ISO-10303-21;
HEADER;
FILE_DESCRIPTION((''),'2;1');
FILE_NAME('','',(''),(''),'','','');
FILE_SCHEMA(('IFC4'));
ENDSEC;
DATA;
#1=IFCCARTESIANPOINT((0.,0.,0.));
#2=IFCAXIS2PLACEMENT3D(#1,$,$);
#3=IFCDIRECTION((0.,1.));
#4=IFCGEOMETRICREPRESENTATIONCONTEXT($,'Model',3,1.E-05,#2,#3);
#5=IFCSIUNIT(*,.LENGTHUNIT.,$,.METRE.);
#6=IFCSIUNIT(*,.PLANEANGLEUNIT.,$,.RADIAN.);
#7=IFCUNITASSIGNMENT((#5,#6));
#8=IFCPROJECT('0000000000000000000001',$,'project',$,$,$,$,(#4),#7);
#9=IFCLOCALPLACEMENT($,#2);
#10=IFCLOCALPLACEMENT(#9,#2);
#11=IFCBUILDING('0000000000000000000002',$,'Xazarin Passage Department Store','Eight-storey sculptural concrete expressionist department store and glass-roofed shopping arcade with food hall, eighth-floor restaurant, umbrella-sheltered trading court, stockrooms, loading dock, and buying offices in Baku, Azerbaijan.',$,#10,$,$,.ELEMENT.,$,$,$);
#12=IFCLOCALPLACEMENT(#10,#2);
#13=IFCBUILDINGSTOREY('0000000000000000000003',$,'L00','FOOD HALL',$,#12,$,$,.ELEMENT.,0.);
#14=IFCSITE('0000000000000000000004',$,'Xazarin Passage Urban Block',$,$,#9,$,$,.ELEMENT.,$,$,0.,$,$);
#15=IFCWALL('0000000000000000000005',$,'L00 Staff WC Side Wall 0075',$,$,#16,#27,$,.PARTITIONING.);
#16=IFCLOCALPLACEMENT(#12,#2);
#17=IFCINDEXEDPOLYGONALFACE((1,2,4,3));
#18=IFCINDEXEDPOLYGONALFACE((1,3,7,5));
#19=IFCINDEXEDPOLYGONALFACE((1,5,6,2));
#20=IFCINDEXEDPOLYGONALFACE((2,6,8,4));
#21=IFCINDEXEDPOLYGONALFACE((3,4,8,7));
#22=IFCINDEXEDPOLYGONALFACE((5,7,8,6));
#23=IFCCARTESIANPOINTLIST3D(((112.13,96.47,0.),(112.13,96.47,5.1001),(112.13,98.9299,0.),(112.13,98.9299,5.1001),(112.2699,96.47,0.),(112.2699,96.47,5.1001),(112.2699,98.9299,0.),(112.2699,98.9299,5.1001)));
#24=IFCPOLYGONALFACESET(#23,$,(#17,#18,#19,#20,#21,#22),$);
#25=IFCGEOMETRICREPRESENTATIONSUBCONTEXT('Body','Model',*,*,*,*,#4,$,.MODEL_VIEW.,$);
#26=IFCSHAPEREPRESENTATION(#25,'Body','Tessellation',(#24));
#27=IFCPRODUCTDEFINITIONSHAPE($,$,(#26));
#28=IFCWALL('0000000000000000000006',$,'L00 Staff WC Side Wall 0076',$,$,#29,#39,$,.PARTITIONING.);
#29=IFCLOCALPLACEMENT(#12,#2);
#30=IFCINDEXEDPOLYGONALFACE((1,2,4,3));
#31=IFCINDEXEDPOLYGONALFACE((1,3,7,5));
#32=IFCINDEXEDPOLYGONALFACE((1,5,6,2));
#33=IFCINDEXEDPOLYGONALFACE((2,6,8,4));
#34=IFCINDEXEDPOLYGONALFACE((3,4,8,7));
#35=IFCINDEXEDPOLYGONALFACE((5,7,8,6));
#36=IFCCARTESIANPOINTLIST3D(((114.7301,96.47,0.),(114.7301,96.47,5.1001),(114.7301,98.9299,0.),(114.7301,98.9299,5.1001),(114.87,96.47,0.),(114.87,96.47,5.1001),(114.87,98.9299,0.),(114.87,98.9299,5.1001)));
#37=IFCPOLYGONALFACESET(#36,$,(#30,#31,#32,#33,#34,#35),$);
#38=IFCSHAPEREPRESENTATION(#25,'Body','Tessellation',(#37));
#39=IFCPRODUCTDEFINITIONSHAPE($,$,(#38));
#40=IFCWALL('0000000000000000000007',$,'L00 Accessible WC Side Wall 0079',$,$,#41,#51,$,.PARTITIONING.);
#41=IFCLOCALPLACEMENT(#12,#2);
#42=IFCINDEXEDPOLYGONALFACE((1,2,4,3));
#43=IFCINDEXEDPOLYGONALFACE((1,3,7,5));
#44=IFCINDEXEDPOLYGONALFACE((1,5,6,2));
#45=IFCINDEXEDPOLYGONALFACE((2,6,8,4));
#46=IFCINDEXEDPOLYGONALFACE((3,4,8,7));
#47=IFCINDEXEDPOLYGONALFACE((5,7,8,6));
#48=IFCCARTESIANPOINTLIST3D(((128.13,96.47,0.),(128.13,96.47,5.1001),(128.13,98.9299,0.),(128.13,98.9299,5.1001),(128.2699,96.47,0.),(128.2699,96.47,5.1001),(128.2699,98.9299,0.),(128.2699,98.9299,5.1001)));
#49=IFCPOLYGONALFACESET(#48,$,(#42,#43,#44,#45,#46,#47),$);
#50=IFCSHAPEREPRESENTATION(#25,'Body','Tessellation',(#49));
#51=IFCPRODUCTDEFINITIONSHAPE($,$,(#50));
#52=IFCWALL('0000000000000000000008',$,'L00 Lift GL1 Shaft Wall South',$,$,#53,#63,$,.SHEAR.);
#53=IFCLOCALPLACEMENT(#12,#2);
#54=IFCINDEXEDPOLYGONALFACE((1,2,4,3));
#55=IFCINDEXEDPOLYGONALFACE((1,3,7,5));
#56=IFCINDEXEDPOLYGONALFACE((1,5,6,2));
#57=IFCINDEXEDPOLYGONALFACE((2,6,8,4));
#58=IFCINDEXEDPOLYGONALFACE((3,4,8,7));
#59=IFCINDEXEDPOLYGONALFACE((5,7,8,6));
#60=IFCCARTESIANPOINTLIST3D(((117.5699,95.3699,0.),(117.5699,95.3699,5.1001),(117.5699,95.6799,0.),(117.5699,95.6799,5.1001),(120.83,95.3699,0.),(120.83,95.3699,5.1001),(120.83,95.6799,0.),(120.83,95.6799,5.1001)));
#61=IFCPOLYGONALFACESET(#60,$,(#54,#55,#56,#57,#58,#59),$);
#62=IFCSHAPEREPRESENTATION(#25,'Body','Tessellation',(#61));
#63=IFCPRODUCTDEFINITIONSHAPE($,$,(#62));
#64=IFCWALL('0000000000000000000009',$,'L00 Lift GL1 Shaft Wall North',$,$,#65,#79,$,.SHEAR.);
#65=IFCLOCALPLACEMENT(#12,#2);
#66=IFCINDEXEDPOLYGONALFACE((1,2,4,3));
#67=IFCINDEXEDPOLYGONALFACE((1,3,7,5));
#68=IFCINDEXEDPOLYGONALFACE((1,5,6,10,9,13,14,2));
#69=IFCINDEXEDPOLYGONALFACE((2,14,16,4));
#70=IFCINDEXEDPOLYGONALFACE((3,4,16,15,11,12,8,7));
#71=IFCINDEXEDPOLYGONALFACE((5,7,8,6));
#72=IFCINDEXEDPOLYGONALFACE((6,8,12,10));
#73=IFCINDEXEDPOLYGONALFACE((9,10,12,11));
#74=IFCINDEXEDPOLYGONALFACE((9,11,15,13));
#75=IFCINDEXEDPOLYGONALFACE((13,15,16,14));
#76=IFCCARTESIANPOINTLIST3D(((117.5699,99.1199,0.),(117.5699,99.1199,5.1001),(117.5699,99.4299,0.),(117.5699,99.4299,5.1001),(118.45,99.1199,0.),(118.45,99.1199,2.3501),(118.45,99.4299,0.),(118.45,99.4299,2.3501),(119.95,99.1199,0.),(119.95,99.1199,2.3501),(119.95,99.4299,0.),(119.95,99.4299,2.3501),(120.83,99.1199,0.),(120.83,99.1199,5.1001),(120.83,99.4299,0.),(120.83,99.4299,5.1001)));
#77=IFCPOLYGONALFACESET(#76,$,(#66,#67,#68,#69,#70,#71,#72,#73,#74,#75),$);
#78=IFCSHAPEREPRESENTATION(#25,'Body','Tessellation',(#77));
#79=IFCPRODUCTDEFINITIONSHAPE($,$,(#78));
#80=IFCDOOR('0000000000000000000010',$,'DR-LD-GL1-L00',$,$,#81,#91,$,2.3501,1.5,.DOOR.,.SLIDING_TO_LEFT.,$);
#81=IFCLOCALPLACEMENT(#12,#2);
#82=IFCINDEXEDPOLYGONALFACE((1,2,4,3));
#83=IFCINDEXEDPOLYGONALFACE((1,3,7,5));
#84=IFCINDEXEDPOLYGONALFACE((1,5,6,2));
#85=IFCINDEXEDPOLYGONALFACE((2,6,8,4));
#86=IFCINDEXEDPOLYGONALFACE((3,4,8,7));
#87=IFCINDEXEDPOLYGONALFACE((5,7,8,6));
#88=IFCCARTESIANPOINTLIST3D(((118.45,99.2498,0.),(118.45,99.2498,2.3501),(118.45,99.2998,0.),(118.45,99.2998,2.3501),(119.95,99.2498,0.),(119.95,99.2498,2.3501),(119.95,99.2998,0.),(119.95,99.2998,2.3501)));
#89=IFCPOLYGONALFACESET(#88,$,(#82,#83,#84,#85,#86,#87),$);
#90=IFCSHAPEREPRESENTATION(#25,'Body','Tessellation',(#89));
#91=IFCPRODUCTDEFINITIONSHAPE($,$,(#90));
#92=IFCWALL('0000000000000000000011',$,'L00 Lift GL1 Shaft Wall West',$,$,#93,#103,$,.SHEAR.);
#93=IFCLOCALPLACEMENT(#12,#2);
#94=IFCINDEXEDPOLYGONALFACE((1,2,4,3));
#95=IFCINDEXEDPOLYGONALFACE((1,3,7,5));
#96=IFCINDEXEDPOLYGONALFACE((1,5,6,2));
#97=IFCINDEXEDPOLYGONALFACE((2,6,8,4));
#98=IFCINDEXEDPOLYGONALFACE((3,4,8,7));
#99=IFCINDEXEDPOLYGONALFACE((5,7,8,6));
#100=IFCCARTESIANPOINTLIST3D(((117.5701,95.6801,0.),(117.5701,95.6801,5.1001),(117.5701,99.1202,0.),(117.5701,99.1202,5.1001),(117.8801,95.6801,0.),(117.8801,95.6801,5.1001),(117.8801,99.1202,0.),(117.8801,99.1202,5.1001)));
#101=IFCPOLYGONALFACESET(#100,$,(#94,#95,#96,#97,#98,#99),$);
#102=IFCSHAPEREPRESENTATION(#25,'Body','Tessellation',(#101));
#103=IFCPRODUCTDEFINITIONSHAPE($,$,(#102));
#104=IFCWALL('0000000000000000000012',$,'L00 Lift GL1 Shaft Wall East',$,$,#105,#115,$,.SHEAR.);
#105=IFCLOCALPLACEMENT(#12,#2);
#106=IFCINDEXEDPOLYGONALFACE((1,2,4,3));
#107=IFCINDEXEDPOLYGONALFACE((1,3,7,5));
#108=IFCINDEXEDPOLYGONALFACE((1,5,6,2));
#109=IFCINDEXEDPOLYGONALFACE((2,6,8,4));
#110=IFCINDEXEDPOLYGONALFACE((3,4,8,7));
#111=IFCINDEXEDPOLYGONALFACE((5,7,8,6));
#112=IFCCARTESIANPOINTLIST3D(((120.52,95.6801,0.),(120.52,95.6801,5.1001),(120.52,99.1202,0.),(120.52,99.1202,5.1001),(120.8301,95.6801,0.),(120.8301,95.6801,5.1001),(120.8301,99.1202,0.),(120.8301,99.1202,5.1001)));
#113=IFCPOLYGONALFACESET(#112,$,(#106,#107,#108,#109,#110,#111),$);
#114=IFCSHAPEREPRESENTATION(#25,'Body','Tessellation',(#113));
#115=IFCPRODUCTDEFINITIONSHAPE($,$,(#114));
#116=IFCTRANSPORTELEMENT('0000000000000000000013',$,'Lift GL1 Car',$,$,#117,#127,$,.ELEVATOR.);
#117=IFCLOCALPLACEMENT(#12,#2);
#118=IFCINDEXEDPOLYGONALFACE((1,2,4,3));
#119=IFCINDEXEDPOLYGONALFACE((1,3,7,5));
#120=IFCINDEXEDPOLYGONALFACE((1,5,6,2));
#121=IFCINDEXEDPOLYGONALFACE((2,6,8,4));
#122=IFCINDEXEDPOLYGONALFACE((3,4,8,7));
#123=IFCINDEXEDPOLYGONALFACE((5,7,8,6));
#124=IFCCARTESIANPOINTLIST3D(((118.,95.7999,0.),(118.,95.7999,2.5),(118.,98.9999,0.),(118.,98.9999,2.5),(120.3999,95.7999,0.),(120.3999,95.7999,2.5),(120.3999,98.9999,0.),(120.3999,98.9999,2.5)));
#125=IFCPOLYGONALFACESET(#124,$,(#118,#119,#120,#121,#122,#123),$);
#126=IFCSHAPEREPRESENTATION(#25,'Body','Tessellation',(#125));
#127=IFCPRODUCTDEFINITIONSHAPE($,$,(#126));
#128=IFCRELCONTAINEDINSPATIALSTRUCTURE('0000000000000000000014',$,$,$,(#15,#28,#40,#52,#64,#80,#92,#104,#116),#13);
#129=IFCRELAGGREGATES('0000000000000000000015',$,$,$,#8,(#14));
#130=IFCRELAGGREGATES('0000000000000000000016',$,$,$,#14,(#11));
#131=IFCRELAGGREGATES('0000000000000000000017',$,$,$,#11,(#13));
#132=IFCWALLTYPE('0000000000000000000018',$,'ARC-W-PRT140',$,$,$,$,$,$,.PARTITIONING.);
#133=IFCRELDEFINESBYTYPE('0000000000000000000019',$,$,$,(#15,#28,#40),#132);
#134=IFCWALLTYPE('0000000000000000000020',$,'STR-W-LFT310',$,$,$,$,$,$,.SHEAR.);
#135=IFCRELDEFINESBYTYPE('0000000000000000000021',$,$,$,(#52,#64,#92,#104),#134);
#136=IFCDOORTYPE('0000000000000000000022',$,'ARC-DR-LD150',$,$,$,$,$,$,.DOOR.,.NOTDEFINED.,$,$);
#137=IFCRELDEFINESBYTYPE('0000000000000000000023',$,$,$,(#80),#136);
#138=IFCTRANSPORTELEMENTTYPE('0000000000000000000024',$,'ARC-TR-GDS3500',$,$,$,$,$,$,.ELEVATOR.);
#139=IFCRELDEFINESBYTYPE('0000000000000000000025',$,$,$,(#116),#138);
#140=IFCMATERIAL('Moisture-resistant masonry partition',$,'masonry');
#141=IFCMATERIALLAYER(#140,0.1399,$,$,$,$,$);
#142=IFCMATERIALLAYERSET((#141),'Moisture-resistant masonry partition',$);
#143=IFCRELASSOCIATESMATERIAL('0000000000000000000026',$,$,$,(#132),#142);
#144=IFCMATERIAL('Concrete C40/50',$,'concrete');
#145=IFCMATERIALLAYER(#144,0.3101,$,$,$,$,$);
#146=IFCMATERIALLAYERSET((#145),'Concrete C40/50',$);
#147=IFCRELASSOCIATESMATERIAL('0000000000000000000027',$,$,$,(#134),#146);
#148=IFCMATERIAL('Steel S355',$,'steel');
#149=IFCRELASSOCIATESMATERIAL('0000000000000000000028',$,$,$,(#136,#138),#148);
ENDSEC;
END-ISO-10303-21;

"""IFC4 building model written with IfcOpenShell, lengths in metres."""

from ifc_helpers import new_model, si_unit, direction, frame, frame_2d, origin, origin_2d, place, context, subcontext, project, spatial, rectangle, extrude, material, layer, layer_set, type_object, element, fill, save


model = new_model("IFC4")

# Units and contexts
model_context = context("Model", 3, precision=1e-05, world=origin(), true_north=direction((0.0, 1.0)))
body_context = subcontext(model_context, "Body", "Model", "MODEL_VIEW")
ifc_project = project(units=[si_unit("LENGTHUNIT", "METRE"), si_unit("PLANEANGLEUNIT", "RADIAN")], contexts=[model_context])

# Site, building, storey
site_placement = place(None, origin())
site = spatial("IfcSite", under=ifc_project, at=site_placement, Name="Xazarin Passage Urban Block", CompositionType="ELEMENT", RefElevation=0.0)
building_placement = place(site_placement, origin())
building = spatial("IfcBuilding", under=site, at=building_placement, Name="Xazarin Passage Department Store", Description="Eight-storey sculptural concrete expressionist department store and glass-roofed shopping arcade with food hall, eighth-floor restaurant, umbrella-sheltered trading court, stockrooms, loading dock, and buying offices in Baku, Azerbaijan.", CompositionType="ELEMENT")
storey_placement = place(building_placement, origin())
storey = spatial("IfcBuildingStorey", under=building, at=storey_placement, Name="L00", Description="FOOD HALL", CompositionType="ELEMENT", Elevation=0.0)

# Shared definitions
ifc_material_1 = material(Name="Concrete C40/50", Category="concrete")

# Shared definitions
ifc_material_2 = material(Name="Steel S355", Category="steel")

# Shared definitions
ifc_material_3 = material(Name="Moisture-resistant masonry partition", Category="masonry")
ifc_layer_1 = layer(ifc_material_3, 0.1399)
ifc_layer_set_1 = layer_set([ifc_layer_1], Name="Moisture-resistant masonry partition")
wall_type_1 = type_object("IfcWallType", Name="ARC-W-PRT140", PredefinedType="PARTITIONING", material=ifc_layer_set_1)

# Walls
for number, where, z_axis, x_axis, name in (
    (1, (112.2, 96.47, 0.0), (0.0, 0.0, 1.0), (0.0, 1.0, 0.0), "L00 Staff WC Side Wall 0075"),
    (2, (114.8, 96.47, 0.0), (0.0, 0.0, 1.0), (0.0, 1.0, 0.0), "L00 Staff WC Side Wall 0076"),
    (3, (128.2, 96.47, 0.0), (0.0, 0.0, 1.0), (0.0, 1.0, 0.0), "L00 Accessible WC Side Wall 0079"),
):
    element("IfcWall", number, at=place(storey_placement, frame(where, z_axis=z_axis, x_axis=x_axis)), inside=storey, type_object=wall_type_1, Name=name, PredefinedType="PARTITIONING", context=body_context, shape_type="SweptSolid", body=[
        extrude(rectangle(XDim=2.46, YDim=0.1399, at=frame_2d((1.23, 0.0))), origin(), (0.0, 0.0, 1.0), 5.1001),
    ])
ifc_layer_2 = layer(ifc_material_1, 0.3101)
ifc_layer_set_2 = layer_set([ifc_layer_2], Name="Concrete C40/50")
wall_type_2 = type_object("IfcWallType", Name="STR-W-LFT310", PredefinedType="SHEAR", material=ifc_layer_set_2)
wall_1_placement = place(storey_placement, frame((117.5701, 95.5249, 0.0), z_axis=(0.0, 0.0, 1.0), x_axis=(1.0, 0.0, 0.0)))
element("IfcWall", 4, at=wall_1_placement, inside=storey, type_object=wall_type_2, Name="L00 Lift GL1 Shaft Wall South", PredefinedType="SHEAR", context=body_context, shape_type="SweptSolid", body=[
    extrude(rectangle(XDim=3.26, YDim=0.3101, at=frame_2d((1.6299, 0.0))), origin(), (0.0, 0.0, 1.0), 5.1001),
])

# Wall, opening, door
wall_2_placement = place(storey_placement, frame((117.5701, 99.2749, 0.0), z_axis=(0.0, 0.0, 1.0), x_axis=(1.0, 0.0, 0.0)))
wall_2 = element("IfcWall", 5, at=wall_2_placement, inside=storey, type_object=wall_type_2, Name="L00 Lift GL1 Shaft Wall North", PredefinedType="SHEAR", context=body_context, shape_type="SweptSolid", body=[
    extrude(rectangle(XDim=3.26, YDim=0.3101, at=frame_2d((1.6299, 0.0))), origin(), (0.0, 0.0, 1.0), 5.1001),
])
opening_1_placement = place(wall_2_placement, frame((0.8799, 0.0, 0.0)))
opening_1 = element("IfcOpeningElement", 6, at=opening_1_placement, cuts=wall_2, PredefinedType="OPENING", context=body_context, shape_type="SweptSolid", body=[
    extrude(rectangle(XDim=1.5, YDim=2.3501, at=frame_2d((0.75, 1.175))), frame((0.0, 0.165, 0.0), z_axis=(0.0, -1.0, 0.0), x_axis=(1.0, 0.0, 0.0)), (0.0, 0.0, 1.0), 0.3301),
])
door_type_1 = type_object("IfcDoorType", Name="ARC-DR-LD150", OperationType="NOTDEFINED", PredefinedType="DOOR", material=ifc_material_2)
door_1_placement = place(opening_1_placement, origin())
door_1 = element("IfcDoor", 7, at=door_1_placement, inside=storey, type_object=door_type_1, Name="DR-LD-GL1-L00", OperationType="SLIDING_TO_LEFT", OverallHeight=2.3501, OverallWidth=1.5, PredefinedType="DOOR", context=body_context, shape_type="SweptSolid", body=[
    extrude(rectangle(XDim=1.5, YDim=2.3501, at=frame_2d((0.75, 1.175))), frame((0.0, 0.0249, 0.0), z_axis=(0.0, -1.0, 0.0), x_axis=(1.0, 0.0, 0.0)), (0.0, 0.0, 1.0), 0.05),
])
fill(opening_1, door_1)

# Walls
for number, where, z_axis, x_axis, name in (
    (8, (117.7251, 95.6799, 0.0), (0.0, 0.0, 1.0), (0.0, 1.0, 0.0), "L00 Lift GL1 Shaft Wall West"),
    (9, (120.675, 95.6799, 0.0), (0.0, 0.0, 1.0), (0.0, 1.0, 0.0), "L00 Lift GL1 Shaft Wall East"),
):
    element("IfcWall", number, at=place(storey_placement, frame(where, z_axis=z_axis, x_axis=x_axis)), inside=storey, type_object=wall_type_2, Name=name, PredefinedType="SHEAR", context=body_context, shape_type="SweptSolid", body=[
        extrude(rectangle(XDim=3.4402, YDim=0.3101, at=frame_2d((1.7202, 0.0))), origin(), (0.0, 0.0, 1.0), 5.1001),
    ])

# Transport element
transport_element_type = type_object("IfcTransportElementType", Name="ARC-TR-GDS3500", PredefinedType="ELEVATOR", material=ifc_material_2)
transport_element_placement = place(storey_placement, frame((119.2, 97.3999, 0.0), z_axis=(0.0, 0.0, 1.0), x_axis=(1.0, 0.0, 0.0)))
element("IfcTransportElement", 10, at=transport_element_placement, inside=storey, type_object=transport_element_type, Name="Lift GL1 Car", PredefinedType="ELEVATOR", context=body_context, shape_type="SweptSolid", body=[
    extrude(rectangle(XDim=2.3999, YDim=3.2, at=origin_2d()), origin(), (0.0, 0.0, 1.0), 2.5),
])

save(model, "model.ifc")
